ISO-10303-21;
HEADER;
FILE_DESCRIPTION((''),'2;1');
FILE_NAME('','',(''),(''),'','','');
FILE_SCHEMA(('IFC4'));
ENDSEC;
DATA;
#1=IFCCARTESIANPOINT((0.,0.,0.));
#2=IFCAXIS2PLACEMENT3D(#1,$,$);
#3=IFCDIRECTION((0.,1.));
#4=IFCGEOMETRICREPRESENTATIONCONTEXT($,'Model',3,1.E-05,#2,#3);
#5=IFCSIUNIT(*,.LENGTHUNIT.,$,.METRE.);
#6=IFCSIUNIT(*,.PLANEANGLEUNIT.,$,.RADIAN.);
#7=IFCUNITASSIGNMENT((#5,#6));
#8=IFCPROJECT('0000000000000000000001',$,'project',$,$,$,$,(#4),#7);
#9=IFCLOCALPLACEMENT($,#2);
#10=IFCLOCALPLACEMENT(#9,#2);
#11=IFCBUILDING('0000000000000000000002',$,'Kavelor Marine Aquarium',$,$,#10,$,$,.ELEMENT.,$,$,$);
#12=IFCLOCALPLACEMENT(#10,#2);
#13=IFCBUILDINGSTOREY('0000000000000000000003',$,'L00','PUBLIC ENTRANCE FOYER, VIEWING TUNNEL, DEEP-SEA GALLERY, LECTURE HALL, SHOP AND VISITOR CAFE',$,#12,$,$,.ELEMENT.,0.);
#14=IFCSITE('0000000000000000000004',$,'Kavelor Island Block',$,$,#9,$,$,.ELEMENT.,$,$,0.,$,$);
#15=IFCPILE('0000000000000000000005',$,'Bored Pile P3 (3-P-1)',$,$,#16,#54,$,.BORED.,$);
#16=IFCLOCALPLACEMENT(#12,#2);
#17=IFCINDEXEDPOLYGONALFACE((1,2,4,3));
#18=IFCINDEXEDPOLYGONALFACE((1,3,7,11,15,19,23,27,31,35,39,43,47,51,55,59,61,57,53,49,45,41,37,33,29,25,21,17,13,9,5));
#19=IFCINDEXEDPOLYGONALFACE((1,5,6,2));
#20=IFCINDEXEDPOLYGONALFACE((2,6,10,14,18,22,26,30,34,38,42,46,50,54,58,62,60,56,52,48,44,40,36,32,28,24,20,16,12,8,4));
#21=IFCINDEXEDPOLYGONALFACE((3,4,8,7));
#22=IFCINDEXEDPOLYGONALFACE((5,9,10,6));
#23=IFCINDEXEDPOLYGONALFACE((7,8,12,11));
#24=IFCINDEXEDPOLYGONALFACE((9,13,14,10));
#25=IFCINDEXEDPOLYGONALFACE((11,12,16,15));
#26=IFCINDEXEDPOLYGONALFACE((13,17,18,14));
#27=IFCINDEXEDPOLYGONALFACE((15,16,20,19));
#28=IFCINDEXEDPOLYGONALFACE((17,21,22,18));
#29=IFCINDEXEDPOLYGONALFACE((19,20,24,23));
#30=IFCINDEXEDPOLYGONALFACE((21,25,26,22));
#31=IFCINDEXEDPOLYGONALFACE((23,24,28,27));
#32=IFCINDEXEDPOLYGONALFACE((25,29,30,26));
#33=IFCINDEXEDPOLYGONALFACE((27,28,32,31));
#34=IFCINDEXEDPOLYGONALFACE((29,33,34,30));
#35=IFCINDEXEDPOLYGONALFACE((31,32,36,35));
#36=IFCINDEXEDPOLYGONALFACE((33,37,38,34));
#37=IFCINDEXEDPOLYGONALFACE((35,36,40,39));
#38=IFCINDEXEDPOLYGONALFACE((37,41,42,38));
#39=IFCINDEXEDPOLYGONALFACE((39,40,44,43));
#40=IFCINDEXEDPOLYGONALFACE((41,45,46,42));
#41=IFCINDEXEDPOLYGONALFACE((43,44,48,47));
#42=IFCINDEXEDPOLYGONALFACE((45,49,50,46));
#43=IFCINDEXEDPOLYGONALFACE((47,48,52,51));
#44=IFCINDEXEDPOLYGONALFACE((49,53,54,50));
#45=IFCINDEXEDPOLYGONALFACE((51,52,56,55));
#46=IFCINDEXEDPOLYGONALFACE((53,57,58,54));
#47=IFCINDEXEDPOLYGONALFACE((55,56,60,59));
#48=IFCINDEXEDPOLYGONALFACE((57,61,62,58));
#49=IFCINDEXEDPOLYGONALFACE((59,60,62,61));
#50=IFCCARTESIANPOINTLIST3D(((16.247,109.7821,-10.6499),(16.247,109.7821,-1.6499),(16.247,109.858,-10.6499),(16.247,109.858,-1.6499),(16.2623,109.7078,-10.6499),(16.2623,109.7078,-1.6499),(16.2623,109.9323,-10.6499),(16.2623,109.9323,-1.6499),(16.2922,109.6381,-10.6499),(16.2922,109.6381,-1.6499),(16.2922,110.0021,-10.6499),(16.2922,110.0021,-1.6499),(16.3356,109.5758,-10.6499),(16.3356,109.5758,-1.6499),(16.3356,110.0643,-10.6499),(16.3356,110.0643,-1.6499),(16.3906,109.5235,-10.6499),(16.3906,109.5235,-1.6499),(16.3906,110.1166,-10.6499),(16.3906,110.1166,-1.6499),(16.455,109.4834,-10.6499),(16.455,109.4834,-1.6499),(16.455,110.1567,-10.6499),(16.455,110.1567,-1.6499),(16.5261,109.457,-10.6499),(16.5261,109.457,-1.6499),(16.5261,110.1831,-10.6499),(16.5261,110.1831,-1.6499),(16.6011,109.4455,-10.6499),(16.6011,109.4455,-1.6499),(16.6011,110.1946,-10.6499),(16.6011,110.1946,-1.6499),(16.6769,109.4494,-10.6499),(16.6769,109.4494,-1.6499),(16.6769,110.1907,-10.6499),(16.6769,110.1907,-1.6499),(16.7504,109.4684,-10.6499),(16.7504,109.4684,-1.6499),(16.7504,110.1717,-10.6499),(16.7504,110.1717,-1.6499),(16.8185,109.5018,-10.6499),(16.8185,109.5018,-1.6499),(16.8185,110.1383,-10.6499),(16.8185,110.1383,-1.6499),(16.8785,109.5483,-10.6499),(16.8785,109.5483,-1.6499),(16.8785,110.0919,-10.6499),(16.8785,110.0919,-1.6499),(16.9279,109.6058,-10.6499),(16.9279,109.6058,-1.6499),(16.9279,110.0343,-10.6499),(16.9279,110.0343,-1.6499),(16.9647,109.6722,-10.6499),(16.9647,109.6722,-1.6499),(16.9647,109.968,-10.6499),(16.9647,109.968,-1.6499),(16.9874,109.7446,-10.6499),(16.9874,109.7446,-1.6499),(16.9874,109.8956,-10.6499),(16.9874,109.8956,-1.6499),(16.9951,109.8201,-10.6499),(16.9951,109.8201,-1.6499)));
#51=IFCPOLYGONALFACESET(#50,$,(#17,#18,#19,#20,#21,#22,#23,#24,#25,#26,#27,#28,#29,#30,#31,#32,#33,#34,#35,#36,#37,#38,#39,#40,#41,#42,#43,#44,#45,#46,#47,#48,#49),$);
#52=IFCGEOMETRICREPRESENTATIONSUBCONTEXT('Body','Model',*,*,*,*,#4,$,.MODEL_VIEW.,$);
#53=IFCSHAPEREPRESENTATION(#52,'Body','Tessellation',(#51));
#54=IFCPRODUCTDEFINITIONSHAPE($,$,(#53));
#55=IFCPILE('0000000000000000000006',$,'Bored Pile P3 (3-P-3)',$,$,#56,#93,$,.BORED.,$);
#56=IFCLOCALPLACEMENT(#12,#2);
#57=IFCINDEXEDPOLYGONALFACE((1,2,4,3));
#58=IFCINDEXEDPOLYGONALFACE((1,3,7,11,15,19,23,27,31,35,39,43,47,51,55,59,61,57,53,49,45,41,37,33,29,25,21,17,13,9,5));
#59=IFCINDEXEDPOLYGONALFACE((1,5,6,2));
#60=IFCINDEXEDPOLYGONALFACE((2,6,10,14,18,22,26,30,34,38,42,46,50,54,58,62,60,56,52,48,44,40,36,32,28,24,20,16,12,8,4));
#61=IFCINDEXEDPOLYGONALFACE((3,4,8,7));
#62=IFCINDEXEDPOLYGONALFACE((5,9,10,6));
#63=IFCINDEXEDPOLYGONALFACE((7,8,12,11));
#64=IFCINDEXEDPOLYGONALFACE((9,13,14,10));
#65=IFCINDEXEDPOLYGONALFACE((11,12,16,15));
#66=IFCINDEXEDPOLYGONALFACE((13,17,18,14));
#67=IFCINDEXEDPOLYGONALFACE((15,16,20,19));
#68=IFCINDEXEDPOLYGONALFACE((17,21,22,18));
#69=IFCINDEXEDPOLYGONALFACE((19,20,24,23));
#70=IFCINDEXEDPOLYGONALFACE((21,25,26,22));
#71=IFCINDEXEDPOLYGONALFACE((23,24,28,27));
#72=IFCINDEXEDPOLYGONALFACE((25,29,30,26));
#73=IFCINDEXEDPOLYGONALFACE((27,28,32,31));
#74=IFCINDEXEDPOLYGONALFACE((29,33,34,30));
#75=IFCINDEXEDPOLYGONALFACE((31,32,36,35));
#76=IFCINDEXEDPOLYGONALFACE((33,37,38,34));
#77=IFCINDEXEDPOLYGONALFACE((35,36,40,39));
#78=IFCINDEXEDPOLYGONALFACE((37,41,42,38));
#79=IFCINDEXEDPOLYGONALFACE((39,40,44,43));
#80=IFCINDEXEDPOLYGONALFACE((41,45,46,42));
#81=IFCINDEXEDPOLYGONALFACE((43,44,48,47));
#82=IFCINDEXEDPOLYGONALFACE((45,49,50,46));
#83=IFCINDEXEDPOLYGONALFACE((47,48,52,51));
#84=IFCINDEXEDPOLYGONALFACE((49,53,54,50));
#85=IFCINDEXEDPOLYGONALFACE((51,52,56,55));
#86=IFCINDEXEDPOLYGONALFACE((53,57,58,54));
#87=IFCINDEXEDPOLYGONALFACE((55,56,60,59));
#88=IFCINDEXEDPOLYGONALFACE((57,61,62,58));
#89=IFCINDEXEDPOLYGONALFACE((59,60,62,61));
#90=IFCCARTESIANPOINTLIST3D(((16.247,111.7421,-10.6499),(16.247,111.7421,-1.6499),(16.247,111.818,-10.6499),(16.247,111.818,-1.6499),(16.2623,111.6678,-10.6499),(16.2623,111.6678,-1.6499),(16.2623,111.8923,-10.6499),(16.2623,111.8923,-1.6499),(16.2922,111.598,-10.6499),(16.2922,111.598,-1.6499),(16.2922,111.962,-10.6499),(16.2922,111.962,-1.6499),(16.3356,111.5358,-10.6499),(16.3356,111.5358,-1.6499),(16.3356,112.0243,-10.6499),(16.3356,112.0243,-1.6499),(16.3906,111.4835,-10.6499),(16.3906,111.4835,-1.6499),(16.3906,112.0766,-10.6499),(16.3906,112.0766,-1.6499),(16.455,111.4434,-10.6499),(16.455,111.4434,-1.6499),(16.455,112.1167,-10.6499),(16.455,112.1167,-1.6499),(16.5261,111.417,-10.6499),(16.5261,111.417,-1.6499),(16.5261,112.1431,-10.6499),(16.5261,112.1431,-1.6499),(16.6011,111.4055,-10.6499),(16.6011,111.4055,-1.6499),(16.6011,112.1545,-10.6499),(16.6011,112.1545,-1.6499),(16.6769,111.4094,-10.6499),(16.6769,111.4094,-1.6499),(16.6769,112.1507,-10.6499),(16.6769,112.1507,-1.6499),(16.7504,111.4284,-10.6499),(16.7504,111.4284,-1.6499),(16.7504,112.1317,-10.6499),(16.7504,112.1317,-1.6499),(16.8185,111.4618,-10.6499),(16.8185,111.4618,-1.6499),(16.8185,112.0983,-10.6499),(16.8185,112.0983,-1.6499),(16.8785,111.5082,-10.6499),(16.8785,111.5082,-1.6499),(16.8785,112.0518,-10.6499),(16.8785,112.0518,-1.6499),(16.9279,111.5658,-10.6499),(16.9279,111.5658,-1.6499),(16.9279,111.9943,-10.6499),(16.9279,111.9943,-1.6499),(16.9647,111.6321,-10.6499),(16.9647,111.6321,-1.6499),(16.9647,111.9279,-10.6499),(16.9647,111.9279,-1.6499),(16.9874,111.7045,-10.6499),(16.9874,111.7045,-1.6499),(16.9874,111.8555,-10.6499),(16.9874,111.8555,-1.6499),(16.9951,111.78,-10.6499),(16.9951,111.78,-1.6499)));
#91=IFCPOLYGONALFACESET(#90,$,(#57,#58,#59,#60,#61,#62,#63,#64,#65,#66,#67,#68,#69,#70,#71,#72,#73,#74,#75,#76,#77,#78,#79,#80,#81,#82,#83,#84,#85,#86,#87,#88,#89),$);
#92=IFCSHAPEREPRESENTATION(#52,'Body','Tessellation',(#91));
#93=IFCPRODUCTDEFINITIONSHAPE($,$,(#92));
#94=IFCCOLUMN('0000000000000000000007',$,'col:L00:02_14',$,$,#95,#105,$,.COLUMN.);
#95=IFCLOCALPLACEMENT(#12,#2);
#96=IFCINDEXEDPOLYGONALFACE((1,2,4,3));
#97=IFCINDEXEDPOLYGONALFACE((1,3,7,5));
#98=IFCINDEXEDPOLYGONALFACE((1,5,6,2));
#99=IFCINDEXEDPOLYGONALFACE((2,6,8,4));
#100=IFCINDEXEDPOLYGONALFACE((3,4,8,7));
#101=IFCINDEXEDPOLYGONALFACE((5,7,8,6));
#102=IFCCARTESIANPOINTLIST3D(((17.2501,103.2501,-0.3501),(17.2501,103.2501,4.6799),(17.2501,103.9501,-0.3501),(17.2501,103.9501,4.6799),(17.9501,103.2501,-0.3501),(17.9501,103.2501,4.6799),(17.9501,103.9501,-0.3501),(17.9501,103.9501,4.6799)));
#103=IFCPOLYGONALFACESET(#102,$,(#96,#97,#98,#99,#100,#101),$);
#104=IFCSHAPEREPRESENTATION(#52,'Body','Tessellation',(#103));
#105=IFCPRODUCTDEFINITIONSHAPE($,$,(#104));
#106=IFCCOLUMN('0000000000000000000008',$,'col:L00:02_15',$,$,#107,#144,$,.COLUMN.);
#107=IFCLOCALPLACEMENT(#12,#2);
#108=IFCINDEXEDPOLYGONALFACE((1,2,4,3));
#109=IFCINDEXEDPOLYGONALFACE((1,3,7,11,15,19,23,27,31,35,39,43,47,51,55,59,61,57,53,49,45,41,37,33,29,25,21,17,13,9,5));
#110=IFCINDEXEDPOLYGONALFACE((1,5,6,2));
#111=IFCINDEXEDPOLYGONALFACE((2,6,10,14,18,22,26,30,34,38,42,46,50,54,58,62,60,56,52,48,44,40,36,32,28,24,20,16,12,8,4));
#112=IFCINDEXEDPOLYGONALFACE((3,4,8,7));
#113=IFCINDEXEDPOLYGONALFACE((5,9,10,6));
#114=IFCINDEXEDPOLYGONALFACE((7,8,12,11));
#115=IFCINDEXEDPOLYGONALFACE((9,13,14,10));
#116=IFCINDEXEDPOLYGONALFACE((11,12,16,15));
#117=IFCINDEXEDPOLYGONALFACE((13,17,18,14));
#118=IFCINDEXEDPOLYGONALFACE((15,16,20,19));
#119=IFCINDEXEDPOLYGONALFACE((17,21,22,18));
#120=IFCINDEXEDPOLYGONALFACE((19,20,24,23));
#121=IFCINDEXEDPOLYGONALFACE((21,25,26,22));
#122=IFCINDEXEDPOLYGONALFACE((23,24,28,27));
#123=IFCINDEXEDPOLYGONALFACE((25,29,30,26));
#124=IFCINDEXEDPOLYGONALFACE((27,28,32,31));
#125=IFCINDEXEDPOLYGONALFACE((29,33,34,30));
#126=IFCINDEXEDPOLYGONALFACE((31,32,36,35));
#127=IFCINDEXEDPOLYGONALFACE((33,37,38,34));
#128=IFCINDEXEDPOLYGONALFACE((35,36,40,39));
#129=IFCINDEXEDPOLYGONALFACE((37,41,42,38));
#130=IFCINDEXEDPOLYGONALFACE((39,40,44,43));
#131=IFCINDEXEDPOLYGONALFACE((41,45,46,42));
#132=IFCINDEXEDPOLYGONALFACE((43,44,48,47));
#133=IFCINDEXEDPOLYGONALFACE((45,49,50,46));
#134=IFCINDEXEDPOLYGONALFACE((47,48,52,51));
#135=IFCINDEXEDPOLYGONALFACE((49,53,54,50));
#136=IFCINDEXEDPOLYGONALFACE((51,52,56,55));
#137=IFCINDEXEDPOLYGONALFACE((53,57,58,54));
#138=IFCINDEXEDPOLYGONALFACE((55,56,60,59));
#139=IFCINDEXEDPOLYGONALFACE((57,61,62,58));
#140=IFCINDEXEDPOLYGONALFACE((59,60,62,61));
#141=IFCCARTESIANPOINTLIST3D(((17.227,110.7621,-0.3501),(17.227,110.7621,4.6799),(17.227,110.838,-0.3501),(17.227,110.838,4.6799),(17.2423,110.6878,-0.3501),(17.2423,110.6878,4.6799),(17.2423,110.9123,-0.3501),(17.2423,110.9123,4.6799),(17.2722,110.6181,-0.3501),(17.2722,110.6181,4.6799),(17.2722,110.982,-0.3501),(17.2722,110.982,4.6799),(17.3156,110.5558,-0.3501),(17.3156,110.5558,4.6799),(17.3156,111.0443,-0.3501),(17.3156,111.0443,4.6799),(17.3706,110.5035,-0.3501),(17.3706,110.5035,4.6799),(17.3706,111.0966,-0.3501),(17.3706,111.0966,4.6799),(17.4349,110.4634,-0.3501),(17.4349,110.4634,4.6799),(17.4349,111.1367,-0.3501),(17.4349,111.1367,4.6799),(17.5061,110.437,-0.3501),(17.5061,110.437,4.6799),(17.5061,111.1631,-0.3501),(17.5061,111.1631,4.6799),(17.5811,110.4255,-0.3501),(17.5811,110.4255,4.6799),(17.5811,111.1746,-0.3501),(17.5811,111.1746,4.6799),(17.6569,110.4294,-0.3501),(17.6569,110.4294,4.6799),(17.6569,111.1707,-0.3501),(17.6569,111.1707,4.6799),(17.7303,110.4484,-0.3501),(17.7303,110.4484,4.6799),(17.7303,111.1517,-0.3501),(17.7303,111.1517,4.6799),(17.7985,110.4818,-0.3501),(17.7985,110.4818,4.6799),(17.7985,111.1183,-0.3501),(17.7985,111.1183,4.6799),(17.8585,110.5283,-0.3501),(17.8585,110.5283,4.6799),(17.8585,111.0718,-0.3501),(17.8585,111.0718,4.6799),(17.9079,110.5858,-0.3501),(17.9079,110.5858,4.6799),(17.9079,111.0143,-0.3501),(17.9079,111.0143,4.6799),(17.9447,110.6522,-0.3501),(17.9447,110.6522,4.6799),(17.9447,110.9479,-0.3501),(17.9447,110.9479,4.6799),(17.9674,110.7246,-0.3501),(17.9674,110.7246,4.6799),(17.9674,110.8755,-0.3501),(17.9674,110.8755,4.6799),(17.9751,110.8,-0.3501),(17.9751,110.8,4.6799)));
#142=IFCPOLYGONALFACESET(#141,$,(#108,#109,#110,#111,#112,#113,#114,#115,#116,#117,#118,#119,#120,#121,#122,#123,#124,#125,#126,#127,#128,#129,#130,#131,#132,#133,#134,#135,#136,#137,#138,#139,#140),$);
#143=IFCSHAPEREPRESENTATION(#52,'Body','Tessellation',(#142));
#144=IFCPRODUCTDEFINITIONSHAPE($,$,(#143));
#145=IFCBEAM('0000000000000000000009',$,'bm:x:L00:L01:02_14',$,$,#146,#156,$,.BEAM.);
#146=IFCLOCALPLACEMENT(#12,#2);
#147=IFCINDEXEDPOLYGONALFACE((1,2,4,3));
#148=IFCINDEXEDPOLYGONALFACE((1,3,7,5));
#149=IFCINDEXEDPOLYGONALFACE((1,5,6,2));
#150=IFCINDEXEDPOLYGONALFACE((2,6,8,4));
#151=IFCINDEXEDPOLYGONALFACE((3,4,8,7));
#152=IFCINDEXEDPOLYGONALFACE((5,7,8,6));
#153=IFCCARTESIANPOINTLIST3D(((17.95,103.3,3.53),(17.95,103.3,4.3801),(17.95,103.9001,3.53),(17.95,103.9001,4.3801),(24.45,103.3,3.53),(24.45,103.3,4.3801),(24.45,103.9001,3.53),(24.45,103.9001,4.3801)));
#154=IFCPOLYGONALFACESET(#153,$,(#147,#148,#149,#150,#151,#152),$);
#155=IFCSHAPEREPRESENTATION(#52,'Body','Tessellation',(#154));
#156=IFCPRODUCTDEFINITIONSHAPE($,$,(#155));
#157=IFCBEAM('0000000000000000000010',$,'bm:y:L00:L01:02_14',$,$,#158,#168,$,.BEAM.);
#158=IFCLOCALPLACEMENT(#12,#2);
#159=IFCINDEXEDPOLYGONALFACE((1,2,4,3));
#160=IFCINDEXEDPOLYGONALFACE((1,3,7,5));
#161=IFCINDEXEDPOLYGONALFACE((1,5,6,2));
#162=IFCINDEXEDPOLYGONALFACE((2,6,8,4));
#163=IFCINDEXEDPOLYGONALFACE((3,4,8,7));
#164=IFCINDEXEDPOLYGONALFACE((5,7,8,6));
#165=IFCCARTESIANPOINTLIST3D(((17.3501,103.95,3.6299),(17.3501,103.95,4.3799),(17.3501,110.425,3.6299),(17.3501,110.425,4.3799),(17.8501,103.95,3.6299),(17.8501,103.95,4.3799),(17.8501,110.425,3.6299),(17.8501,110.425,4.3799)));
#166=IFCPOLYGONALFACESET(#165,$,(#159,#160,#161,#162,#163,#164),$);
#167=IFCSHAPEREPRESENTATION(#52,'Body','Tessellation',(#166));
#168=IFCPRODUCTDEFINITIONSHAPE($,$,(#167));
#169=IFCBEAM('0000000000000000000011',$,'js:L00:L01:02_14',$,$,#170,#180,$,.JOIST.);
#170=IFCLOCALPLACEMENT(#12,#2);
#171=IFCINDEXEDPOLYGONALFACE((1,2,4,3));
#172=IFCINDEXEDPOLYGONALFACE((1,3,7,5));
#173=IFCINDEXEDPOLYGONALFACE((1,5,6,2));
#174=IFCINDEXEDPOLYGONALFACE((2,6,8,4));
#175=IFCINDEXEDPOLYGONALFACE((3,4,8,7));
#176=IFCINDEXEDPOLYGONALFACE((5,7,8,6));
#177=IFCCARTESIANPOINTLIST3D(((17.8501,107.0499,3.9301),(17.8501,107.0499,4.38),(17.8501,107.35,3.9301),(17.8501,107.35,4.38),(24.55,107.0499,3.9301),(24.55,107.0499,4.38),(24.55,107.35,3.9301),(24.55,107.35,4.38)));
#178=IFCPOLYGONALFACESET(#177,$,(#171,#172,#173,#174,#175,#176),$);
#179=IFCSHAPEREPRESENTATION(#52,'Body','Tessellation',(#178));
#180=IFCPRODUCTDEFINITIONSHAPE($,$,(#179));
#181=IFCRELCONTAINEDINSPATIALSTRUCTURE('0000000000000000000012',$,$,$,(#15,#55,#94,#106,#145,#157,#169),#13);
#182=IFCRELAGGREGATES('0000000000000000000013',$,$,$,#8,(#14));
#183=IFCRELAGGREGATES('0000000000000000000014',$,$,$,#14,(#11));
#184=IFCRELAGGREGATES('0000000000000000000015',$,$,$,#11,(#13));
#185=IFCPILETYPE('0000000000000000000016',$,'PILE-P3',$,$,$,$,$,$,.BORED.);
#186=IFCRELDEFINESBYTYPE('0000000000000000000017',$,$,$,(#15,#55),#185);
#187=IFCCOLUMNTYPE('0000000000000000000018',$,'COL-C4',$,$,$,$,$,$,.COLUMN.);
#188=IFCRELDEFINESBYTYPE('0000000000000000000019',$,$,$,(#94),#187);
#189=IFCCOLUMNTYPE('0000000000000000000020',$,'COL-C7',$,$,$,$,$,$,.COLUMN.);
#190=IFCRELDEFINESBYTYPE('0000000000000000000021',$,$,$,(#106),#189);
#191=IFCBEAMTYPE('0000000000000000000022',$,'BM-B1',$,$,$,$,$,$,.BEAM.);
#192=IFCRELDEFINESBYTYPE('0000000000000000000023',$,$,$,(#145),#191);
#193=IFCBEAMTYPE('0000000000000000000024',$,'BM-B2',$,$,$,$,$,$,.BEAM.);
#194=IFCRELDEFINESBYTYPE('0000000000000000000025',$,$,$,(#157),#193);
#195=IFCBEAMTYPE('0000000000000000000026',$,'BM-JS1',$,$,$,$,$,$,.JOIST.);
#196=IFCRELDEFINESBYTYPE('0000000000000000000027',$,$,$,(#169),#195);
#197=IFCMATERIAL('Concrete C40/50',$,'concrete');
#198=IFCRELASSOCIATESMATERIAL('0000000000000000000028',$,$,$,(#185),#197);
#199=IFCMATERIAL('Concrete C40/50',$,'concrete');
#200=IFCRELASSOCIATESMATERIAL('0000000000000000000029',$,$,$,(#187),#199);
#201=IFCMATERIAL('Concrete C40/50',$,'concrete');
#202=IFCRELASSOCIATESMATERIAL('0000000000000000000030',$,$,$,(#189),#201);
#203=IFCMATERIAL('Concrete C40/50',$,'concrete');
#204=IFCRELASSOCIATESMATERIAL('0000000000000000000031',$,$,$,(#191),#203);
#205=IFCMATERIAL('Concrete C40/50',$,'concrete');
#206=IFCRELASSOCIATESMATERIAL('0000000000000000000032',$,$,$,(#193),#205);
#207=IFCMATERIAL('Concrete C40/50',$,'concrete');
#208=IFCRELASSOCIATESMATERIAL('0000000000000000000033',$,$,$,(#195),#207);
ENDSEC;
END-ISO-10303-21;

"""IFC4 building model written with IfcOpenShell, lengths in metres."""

from ifc_helpers import new_model, si_unit, direction, frame, origin, origin_2d, place, context, subcontext, project, spatial, rectangle, circle, extrude, material, material_profile, profile_set, type_object, element, save


model = new_model("IFC4")

# Units and contexts
model_context = context("Model", 3, precision=1e-05, world=origin(), true_north=direction((0.0, 1.0)))
body_context = subcontext(model_context, "Body", "Model", "MODEL_VIEW")
ifc_project = project(units=[si_unit("LENGTHUNIT", "METRE"), si_unit("PLANEANGLEUNIT", "RADIAN")], contexts=[model_context])

# Site, building, storey
site_placement = place(None, origin())
site = spatial("IfcSite", under=ifc_project, at=site_placement, Name="Kavelor Island Block", CompositionType="ELEMENT", RefElevation=0.0)
building_placement = place(site_placement, origin())
building = spatial("IfcBuilding", under=site, at=building_placement, Name="Kavelor Marine Aquarium", CompositionType="ELEMENT")
storey_placement = place(building_placement, origin())
storey = spatial("IfcBuildingStorey", under=building, at=storey_placement, Name="L00", Description="PUBLIC ENTRANCE FOYER, VIEWING TUNNEL, DEEP-SEA GALLERY, LECTURE HALL, SHOP AND VISITOR CAFE", CompositionType="ELEMENT", Elevation=0.0)

# Piles
ifc_material_1 = material(Name="Concrete C40/50", Category="concrete")
ifc_material_profile_1 = material_profile(ifc_material_1, circle(Radius=0.375, at=origin_2d()), Name="PILE D750")
ifc_profile_set_1 = profile_set([ifc_material_profile_1], Name="Concrete C40/50")
pile_type_1 = type_object("IfcPileType", Name="PILE-P3", PredefinedType="BORED", material=ifc_profile_set_1)
for number, where, z_axis, x_axis, name in (
    (1, (16.6201, 109.8201, -1.6499), (0.0, 0.0, -1.0), (1.0, 0.0, 0.0), "Bored Pile P3 (3-P-1)"),
    (2, (16.6201, 111.78, -1.6499), (0.0, 0.0, -1.0), (1.0, 0.0, 0.0), "Bored Pile P3 (3-P-3)"),
):
    element("IfcPile", number, at=place(storey_placement, frame(where, z_axis=z_axis, x_axis=x_axis)), inside=storey, type_object=pile_type_1, Name=name, PredefinedType="BORED", context=body_context, shape_type="SweptSolid", body=[
        extrude(circle(Radius=0.375, at=origin_2d()), origin(), (0.0, 0.0, 1.0), 9.0),
    ])

# Columns
ifc_material_2 = material(Name="Concrete C40/50", Category="concrete")
ifc_material_profile_2 = material_profile(ifc_material_2, rectangle(XDim=0.7, YDim=0.7, at=origin_2d()), Name="RC-COL 700x700")
ifc_profile_set_2 = profile_set([ifc_material_profile_2], Name="Concrete C40/50")
column_type_1 = type_object("IfcColumnType", Name="COL-C4", PredefinedType="COLUMN", material=ifc_profile_set_2)
column_1_placement = place(storey_placement, frame((17.6001, 103.6001, -0.3501), z_axis=(0.0, 0.0, 1.0), x_axis=(1.0, 0.0, 0.0)))
element("IfcColumn", 3, at=column_1_placement, inside=storey, type_object=column_type_1, Name="col:L00:02_14", PredefinedType="COLUMN", context=body_context, shape_type="SweptSolid", body=[
    extrude(rectangle(XDim=0.7, YDim=0.7, at=origin_2d()), origin(), (0.0, 0.0, 1.0), 5.03),
])
ifc_material_3 = material(Name="Concrete C40/50", Category="concrete")
ifc_material_profile_3 = material_profile(ifc_material_3, circle(Radius=0.375, at=origin_2d()), Name="RC-COL D750")
ifc_profile_set_3 = profile_set([ifc_material_profile_3], Name="Concrete C40/50")
column_type_2 = type_object("IfcColumnType", Name="COL-C7", PredefinedType="COLUMN", material=ifc_profile_set_3)
column_2_placement = place(storey_placement, frame((17.6001, 110.8, -0.3501), z_axis=(0.0, 0.0, 1.0), x_axis=(1.0, 0.0, 0.0)))
element("IfcColumn", 4, at=column_2_placement, inside=storey, type_object=column_type_2, Name="col:L00:02_15", PredefinedType="COLUMN", context=body_context, shape_type="SweptSolid", body=[
    extrude(circle(Radius=0.375, at=origin_2d()), origin(), (0.0, 0.0, 1.0), 5.03),
])

# Beams
ifc_material_4 = material(Name="Concrete C40/50", Category="concrete")
ifc_material_profile_4 = material_profile(ifc_material_4, rectangle(XDim=0.6001, YDim=0.8501, at=origin_2d()), Name="RC-BM 600x850")
ifc_profile_set_4 = profile_set([ifc_material_profile_4], Name="Concrete C40/50")
beam_type_1 = type_object("IfcBeamType", Name="BM-B1", PredefinedType="BEAM", material=ifc_profile_set_4)
beam_1_placement = place(storey_placement, frame((17.95, 103.6001, 3.9551), z_axis=(1.0, 0.0, 0.0), x_axis=(0.0, 1.0, 0.0)))
element("IfcBeam", 5, at=beam_1_placement, inside=storey, type_object=beam_type_1, Name="bm:x:L00:L01:02_14", PredefinedType="BEAM", context=body_context, shape_type="SweptSolid", body=[
    extrude(rectangle(XDim=0.6001, YDim=0.8501, at=origin_2d()), origin(), (0.0, 0.0, 1.0), 6.5),
])
ifc_material_5 = material(Name="Concrete C40/50", Category="concrete")
ifc_material_profile_5 = material_profile(ifc_material_5, rectangle(XDim=0.5, YDim=0.75, at=origin_2d()), Name="RC-BM 500x750")
ifc_profile_set_5 = profile_set([ifc_material_profile_5], Name="Concrete C40/50")
beam_type_2 = type_object("IfcBeamType", Name="BM-B2", PredefinedType="BEAM", material=ifc_profile_set_5)
beam_2_placement = place(storey_placement, frame((17.6001, 103.95, 4.0049), z_axis=(0.0, 1.0, 0.0), x_axis=(-1.0, 0.0, 0.0)))
element("IfcBeam", 6, at=beam_2_placement, inside=storey, type_object=beam_type_2, Name="bm:y:L00:L01:02_14", PredefinedType="BEAM", context=body_context, shape_type="SweptSolid", body=[
    extrude(rectangle(XDim=0.5, YDim=0.75, at=origin_2d()), origin(), (0.0, 0.0, 1.0), 6.4751),
])
ifc_material_6 = material(Name="Concrete C40/50", Category="concrete")
ifc_material_profile_6 = material_profile(ifc_material_6, rectangle(XDim=0.3, YDim=0.45, at=origin_2d()), Name="RC-JS 300x450")
ifc_profile_set_6 = profile_set([ifc_material_profile_6], Name="Concrete C40/50")
beam_type_3 = type_object("IfcBeamType", Name="BM-JS1", PredefinedType="JOIST", material=ifc_profile_set_6)
beam_3_placement = place(storey_placement, frame((17.8501, 107.2, 4.155), z_axis=(1.0, 0.0, 0.0), x_axis=(0.0, 1.0, 0.0)))
element("IfcBeam", 7, at=beam_3_placement, inside=storey, type_object=beam_type_3, Name="js:L00:L01:02_14", PredefinedType="JOIST", context=body_context, shape_type="SweptSolid", body=[
    extrude(rectangle(XDim=0.3, YDim=0.45, at=origin_2d()), origin(), (0.0, 0.0, 1.0), 6.7),
])

save(model, "model.ifc")
